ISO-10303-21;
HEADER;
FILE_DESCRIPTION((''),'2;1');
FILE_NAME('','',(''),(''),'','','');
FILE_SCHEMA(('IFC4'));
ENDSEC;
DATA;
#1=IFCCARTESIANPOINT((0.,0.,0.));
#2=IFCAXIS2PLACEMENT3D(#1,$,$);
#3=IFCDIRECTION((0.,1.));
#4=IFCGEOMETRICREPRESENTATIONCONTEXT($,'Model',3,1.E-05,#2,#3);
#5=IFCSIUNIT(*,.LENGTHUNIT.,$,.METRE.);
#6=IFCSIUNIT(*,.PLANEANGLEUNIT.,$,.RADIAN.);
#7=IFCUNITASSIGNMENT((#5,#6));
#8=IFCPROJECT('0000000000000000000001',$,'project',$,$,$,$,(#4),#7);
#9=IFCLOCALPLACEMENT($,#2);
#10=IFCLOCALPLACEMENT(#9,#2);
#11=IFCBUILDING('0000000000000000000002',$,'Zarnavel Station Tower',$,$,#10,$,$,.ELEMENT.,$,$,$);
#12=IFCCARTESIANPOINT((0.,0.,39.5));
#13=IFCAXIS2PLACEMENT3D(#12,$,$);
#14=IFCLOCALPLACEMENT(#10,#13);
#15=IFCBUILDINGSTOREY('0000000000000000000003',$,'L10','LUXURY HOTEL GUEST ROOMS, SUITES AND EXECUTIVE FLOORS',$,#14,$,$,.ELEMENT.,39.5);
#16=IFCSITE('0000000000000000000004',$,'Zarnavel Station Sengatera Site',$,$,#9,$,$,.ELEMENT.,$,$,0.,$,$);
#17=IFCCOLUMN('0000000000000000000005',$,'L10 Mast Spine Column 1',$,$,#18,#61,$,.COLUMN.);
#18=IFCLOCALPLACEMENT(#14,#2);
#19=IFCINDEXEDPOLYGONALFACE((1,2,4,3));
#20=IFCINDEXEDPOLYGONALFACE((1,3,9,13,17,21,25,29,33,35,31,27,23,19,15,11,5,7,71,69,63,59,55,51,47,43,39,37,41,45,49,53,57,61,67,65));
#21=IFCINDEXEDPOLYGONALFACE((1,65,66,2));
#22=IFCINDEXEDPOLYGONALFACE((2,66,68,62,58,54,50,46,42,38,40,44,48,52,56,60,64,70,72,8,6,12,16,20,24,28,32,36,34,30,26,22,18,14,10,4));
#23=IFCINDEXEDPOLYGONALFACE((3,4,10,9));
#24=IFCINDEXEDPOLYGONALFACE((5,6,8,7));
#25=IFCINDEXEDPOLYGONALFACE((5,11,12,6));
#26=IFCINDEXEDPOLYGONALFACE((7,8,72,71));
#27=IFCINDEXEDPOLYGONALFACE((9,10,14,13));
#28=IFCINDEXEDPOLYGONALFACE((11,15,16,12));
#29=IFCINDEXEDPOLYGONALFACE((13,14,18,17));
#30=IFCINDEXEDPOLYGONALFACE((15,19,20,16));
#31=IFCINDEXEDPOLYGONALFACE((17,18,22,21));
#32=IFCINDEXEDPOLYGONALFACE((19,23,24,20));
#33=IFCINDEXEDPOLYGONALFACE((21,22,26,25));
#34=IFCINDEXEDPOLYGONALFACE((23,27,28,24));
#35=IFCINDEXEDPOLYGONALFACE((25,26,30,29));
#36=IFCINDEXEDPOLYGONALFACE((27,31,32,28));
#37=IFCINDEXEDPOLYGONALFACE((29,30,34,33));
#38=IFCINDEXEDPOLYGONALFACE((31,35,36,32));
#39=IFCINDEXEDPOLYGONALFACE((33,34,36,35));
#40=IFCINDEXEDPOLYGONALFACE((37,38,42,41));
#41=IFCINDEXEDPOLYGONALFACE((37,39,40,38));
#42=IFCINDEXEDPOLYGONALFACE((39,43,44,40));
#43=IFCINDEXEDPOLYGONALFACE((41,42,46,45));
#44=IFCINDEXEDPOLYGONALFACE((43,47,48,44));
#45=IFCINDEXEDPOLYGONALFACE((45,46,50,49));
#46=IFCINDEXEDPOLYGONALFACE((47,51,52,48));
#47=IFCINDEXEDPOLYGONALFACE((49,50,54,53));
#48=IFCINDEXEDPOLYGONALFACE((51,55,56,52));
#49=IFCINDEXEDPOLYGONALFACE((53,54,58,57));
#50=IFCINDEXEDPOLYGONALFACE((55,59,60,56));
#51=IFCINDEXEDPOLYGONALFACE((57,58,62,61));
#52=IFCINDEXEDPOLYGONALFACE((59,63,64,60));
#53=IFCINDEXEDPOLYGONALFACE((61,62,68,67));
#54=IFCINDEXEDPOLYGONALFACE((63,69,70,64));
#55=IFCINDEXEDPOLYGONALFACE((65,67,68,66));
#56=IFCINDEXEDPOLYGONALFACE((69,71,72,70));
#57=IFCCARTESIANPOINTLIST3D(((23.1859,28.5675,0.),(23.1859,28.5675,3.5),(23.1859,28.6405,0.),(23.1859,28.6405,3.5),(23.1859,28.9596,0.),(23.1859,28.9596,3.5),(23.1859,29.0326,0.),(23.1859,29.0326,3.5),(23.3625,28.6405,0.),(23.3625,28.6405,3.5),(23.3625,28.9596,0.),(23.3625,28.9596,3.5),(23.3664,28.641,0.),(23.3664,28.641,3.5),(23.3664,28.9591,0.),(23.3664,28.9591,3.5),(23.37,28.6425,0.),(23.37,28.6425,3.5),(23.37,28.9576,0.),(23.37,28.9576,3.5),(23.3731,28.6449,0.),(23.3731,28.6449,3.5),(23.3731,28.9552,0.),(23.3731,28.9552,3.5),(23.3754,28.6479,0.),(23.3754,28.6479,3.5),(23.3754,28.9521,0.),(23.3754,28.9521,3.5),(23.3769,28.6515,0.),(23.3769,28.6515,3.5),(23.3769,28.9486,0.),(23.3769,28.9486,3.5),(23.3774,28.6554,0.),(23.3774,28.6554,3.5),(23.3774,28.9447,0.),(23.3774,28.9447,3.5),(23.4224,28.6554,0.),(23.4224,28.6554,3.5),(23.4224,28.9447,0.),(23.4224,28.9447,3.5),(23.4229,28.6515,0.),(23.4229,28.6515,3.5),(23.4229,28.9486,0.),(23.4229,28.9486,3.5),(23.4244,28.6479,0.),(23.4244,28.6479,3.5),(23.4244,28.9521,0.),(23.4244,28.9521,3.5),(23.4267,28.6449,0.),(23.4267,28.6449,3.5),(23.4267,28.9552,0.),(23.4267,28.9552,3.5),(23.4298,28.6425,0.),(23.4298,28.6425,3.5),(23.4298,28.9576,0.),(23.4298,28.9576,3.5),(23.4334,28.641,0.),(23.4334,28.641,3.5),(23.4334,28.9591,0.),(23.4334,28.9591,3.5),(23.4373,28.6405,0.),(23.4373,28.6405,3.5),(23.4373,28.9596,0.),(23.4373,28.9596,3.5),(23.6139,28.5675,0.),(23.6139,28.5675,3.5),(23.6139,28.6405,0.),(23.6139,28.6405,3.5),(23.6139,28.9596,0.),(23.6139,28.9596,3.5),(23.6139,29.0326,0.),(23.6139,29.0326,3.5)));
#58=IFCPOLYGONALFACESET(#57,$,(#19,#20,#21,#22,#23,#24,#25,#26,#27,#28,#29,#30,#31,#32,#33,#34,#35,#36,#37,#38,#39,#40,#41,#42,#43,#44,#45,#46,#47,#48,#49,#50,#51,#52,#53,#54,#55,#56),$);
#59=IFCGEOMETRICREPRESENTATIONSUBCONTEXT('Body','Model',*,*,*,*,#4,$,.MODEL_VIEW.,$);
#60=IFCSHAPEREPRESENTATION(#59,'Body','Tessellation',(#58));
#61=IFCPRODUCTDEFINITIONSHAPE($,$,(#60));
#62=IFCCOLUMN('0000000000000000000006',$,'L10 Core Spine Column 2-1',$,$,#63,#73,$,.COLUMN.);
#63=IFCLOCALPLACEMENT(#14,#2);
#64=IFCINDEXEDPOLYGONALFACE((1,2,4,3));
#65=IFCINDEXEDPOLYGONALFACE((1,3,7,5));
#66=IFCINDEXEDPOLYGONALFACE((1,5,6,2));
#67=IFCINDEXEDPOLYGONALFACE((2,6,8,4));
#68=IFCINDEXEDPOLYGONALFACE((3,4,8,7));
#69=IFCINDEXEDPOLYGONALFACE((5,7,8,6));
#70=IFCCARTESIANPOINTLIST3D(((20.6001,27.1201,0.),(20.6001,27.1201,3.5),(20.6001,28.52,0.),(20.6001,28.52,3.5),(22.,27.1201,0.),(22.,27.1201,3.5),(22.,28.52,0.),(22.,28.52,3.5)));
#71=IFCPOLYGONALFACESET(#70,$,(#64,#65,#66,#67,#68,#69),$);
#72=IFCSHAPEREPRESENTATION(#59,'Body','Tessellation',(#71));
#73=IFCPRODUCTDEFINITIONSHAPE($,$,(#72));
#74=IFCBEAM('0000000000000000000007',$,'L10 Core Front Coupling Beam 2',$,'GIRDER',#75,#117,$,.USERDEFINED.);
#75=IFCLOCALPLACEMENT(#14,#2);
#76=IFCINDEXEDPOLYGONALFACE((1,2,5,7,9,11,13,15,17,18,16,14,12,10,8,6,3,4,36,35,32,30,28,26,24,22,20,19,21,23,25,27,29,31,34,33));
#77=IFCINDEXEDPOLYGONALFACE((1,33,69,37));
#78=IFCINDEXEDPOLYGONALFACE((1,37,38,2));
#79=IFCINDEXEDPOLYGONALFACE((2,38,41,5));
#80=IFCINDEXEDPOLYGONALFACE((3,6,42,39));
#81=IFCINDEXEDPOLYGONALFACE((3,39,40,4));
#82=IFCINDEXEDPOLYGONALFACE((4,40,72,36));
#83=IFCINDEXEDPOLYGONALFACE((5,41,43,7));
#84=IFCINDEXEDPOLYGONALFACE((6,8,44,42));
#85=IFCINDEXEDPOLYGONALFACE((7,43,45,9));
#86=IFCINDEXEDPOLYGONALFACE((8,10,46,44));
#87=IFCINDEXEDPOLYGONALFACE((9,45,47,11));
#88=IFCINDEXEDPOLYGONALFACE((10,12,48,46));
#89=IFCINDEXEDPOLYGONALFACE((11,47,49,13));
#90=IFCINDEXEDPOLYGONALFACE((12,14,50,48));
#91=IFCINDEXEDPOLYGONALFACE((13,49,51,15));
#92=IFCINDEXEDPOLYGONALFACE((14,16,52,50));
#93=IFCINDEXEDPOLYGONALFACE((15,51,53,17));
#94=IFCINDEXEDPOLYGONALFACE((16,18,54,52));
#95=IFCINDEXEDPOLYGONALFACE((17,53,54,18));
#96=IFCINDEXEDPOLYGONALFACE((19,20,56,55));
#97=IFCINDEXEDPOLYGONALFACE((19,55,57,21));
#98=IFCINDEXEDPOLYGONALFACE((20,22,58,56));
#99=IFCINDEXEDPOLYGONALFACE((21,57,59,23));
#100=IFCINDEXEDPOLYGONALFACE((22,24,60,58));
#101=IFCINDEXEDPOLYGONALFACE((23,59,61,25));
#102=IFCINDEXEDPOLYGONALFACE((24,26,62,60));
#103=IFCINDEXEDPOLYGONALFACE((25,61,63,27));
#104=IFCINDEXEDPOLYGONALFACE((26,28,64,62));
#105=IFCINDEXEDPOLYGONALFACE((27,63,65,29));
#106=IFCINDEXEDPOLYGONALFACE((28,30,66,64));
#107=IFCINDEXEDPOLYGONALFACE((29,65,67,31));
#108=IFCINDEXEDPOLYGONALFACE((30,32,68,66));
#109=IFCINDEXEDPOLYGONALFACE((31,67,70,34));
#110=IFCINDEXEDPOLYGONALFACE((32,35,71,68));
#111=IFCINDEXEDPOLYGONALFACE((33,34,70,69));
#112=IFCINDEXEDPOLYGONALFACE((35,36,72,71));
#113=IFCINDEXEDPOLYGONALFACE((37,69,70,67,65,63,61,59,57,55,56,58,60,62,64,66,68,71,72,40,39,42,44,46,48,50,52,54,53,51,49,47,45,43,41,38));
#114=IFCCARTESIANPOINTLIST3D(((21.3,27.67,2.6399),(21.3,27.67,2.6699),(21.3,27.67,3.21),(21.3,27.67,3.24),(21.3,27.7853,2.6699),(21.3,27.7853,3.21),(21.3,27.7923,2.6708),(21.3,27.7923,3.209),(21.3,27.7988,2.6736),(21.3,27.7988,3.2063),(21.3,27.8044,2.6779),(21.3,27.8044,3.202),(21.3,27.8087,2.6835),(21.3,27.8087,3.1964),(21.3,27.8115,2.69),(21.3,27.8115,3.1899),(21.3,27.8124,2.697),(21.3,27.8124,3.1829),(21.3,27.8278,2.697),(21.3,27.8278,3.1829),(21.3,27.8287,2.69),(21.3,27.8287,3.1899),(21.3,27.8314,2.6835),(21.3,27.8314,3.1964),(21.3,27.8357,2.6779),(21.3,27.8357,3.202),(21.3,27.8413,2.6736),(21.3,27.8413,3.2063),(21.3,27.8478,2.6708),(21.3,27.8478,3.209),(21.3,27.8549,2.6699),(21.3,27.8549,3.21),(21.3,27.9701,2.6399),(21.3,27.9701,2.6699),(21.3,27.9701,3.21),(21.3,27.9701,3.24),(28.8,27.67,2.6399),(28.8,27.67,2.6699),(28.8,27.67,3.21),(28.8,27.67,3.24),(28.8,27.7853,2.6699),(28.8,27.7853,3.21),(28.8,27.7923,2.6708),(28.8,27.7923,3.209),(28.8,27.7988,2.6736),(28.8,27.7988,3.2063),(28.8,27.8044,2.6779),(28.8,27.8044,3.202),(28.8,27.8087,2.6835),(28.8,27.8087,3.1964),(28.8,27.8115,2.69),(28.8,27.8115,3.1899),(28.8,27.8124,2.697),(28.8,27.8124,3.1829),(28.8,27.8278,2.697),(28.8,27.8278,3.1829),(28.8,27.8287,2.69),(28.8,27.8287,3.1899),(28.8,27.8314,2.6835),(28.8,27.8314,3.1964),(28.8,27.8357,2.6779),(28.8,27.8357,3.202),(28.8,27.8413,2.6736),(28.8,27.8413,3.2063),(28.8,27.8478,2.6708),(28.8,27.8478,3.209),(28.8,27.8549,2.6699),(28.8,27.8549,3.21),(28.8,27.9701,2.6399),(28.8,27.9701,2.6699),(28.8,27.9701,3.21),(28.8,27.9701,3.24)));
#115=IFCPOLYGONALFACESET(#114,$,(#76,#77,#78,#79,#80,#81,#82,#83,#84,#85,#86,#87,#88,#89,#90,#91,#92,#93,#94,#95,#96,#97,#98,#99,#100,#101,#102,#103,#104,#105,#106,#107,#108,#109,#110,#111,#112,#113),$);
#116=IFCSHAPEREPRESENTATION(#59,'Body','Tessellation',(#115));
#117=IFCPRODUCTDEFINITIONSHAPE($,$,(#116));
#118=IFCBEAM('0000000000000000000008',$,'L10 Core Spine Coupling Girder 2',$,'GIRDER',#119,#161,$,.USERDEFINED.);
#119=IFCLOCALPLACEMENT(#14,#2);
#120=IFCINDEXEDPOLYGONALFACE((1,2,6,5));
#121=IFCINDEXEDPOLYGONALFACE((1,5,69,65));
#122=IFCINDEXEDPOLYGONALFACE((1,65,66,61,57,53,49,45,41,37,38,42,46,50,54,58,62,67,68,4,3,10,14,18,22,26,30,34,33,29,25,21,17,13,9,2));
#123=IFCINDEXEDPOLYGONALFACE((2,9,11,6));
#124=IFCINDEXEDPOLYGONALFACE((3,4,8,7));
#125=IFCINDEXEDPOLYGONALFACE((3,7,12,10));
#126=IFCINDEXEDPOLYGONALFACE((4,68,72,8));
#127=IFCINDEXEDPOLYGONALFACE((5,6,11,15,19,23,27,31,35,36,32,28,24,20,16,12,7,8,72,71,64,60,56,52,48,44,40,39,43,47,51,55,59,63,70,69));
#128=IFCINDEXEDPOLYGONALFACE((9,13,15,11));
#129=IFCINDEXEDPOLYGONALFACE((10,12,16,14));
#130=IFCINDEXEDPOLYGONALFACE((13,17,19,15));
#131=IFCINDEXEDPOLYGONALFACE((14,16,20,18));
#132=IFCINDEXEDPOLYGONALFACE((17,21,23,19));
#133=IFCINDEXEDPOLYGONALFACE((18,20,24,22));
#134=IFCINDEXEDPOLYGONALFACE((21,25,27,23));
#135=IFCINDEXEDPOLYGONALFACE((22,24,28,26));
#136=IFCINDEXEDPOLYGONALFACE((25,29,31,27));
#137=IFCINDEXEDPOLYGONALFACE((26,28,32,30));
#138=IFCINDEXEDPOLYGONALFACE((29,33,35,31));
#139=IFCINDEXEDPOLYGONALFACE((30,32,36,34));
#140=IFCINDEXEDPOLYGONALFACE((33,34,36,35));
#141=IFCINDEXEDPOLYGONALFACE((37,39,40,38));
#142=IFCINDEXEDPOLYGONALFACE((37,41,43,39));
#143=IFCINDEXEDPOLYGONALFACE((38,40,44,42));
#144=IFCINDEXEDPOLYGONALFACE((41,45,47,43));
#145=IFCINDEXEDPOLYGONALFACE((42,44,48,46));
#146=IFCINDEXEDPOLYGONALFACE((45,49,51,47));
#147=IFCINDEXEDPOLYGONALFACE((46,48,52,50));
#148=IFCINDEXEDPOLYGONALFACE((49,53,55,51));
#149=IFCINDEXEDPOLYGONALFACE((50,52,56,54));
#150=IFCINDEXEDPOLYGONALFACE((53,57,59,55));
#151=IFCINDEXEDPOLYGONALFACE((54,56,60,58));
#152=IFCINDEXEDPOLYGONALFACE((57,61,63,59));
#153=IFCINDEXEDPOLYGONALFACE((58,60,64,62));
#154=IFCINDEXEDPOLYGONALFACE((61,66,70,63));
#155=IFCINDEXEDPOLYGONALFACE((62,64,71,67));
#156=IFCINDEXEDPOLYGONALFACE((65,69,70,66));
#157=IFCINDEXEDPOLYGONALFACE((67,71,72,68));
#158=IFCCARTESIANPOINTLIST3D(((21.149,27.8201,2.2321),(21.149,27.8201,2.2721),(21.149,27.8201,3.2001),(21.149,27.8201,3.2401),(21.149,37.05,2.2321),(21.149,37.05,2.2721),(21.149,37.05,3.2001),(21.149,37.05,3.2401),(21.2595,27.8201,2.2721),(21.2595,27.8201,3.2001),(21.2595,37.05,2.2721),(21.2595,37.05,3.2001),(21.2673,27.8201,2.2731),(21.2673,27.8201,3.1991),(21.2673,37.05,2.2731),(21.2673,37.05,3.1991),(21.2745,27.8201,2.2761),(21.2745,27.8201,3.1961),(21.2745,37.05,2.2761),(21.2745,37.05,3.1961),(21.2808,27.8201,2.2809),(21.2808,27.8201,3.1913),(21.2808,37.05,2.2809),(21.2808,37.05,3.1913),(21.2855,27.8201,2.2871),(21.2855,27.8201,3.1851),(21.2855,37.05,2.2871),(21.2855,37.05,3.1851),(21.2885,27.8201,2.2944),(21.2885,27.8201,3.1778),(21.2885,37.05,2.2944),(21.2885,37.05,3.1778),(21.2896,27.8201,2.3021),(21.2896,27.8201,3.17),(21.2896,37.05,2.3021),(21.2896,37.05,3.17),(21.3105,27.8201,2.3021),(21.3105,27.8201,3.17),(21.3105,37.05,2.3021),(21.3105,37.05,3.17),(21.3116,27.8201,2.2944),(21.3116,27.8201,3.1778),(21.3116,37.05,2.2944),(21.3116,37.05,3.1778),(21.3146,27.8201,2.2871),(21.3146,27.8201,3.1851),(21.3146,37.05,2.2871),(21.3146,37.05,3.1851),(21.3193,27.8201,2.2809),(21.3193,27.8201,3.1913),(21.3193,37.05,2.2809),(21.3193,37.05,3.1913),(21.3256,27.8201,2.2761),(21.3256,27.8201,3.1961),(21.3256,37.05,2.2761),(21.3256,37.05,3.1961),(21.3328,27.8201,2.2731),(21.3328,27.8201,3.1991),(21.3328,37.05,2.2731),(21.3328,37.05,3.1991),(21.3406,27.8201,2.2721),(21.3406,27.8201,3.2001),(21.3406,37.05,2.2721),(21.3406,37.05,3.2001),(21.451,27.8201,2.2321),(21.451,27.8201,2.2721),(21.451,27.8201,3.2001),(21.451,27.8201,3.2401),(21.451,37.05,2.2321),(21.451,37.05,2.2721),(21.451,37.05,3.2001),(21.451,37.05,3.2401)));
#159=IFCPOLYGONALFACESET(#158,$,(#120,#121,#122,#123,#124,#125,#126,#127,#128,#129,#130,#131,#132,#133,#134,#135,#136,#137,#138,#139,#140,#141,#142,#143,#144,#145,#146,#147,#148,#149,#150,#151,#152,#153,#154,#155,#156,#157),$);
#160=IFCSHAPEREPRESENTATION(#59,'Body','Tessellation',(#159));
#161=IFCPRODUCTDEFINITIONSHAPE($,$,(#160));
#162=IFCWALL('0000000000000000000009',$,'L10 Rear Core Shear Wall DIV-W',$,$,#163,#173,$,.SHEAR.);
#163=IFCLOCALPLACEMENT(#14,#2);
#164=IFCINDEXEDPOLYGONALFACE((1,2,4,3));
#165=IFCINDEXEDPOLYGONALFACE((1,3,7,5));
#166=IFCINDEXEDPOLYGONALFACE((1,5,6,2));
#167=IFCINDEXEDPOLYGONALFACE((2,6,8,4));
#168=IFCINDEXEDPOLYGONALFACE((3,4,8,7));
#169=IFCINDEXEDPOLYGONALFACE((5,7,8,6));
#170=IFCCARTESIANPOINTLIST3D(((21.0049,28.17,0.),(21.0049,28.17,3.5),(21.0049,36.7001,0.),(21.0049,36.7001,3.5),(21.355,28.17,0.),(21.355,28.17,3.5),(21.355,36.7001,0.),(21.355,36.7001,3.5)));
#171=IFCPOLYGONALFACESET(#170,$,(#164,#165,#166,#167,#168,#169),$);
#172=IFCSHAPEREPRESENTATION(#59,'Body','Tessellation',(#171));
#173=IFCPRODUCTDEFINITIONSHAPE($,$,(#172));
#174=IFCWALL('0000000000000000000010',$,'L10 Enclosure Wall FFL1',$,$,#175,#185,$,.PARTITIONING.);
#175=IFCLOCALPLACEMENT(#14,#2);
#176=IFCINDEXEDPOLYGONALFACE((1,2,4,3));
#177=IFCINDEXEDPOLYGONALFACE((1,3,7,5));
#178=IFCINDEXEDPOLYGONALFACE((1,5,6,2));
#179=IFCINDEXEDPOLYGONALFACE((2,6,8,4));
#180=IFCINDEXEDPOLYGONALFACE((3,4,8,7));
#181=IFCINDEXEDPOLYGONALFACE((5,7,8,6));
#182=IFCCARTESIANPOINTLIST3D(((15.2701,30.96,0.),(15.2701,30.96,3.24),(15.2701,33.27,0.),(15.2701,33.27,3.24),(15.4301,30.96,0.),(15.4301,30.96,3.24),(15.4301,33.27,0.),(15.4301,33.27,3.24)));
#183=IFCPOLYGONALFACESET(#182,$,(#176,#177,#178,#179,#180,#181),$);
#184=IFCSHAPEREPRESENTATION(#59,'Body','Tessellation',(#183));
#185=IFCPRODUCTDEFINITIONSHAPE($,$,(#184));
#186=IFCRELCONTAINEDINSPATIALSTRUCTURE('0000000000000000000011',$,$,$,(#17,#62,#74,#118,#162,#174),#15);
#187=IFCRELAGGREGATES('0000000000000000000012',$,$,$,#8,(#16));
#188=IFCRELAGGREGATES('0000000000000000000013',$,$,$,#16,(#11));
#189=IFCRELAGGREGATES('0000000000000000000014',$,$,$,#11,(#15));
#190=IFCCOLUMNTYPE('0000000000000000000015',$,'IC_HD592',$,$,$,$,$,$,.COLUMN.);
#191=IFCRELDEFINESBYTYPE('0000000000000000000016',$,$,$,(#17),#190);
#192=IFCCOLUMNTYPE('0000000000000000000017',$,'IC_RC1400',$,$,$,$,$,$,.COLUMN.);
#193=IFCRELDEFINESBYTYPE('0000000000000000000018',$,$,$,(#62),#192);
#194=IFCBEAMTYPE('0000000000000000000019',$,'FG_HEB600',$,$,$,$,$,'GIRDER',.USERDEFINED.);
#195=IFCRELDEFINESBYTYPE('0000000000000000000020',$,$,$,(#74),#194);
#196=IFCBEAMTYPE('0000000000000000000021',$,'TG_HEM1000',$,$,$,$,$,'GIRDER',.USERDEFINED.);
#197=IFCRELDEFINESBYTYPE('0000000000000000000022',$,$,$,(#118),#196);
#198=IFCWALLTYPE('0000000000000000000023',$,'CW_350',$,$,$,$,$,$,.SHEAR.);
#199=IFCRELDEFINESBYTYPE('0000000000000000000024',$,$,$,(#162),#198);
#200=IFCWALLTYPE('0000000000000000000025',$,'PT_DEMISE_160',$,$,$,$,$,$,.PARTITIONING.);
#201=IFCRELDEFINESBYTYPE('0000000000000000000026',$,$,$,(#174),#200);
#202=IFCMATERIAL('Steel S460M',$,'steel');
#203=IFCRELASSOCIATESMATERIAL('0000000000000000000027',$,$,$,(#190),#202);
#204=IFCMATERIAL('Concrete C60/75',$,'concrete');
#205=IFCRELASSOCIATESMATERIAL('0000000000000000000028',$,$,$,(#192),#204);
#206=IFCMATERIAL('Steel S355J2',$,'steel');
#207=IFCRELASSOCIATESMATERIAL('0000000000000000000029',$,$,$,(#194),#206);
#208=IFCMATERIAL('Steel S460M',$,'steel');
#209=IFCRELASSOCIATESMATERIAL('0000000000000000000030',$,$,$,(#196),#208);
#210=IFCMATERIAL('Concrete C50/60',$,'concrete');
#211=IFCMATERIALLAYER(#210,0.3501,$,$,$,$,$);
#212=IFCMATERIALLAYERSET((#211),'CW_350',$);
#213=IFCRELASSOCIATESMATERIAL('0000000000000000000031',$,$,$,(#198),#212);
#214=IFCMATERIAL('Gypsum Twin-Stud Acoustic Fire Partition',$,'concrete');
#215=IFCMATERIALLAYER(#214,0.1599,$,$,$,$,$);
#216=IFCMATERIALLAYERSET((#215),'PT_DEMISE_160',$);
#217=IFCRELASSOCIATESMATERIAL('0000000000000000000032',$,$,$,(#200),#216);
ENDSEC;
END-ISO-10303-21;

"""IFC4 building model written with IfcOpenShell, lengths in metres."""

from ifc_helpers import new_model, si_unit, direction, frame, frame_2d, origin, origin_2d, place, context, subcontext, project, spatial, rectangle, i_section, extrude, material, layer, layer_set, material_profile, profile_set, type_object, element, save


model = new_model("IFC4")

# Units and contexts
model_context = context("Model", 3, precision=1e-05, world=origin(), true_north=direction((0.0, 1.0)))
body_context = subcontext(model_context, "Body", "Model", "MODEL_VIEW")
ifc_project = project(units=[si_unit("LENGTHUNIT", "METRE"), si_unit("PLANEANGLEUNIT", "RADIAN")], contexts=[model_context])

# Site, building, storey
site_placement = place(None, origin())
site = spatial("IfcSite", under=ifc_project, at=site_placement, Name="Zarnavel Station Sengatera Site", CompositionType="ELEMENT", RefElevation=0.0)
building_placement = place(site_placement, origin())
building = spatial("IfcBuilding", under=site, at=building_placement, Name="Zarnavel Station Tower", CompositionType="ELEMENT")
storey_placement = place(building_placement, frame((0.0, 0.0, 39.5)))
storey = spatial("IfcBuildingStorey", under=building, at=storey_placement, Name="L10", Description="LUXURY HOTEL GUEST ROOMS, SUITES AND EXECUTIVE FLOORS", CompositionType="ELEMENT", Elevation=39.5)

# Columns
ifc_material_1 = material(Name="Steel S460M", Category="steel")
ifc_material_profile_1 = material_profile(ifc_material_1, i_section(OverallWidth=0.428, OverallDepth=0.4651, WebThickness=0.0449, FlangeThickness=0.073, FilletRadius=0.0149, at=origin_2d()), Name="HD400x592")
ifc_profile_set_1 = profile_set([ifc_material_profile_1], Name="Steel S460M")
column_type_1 = type_object("IfcColumnType", Name="IC_HD592", PredefinedType="COLUMN", material=ifc_profile_set_1)
column_1_placement = place(storey_placement, frame((23.3999, 28.8, 0.0), z_axis=(0.0, 0.0, 1.0), x_axis=(1.0, 0.0, 0.0)))
element("IfcColumn", 1, at=column_1_placement, inside=storey, type_object=column_type_1, Name="L10 Mast Spine Column 1", PredefinedType="COLUMN", context=body_context, shape_type="SweptSolid", body=[
    extrude(i_section(OverallWidth=0.428, OverallDepth=0.4651, WebThickness=0.0449, FlangeThickness=0.073, FilletRadius=0.0149, at=origin_2d()), origin(), (0.0, 0.0, 1.0), 3.5),
])
ifc_material_2 = material(Name="Concrete C60/75", Category="concrete")
ifc_material_profile_2 = material_profile(ifc_material_2, rectangle(XDim=1.3999, YDim=1.3999, at=origin_2d()), Name="RC1400x1400")
ifc_profile_set_2 = profile_set([ifc_material_profile_2], Name="Concrete C60/75")
column_type_2 = type_object("IfcColumnType", Name="IC_RC1400", PredefinedType="COLUMN", material=ifc_profile_set_2)
column_2_placement = place(storey_placement, frame((21.3, 27.8201, 0.0), z_axis=(0.0, 0.0, 1.0), x_axis=(1.0, 0.0, 0.0)))
element("IfcColumn", 2, at=column_2_placement, inside=storey, type_object=column_type_2, Name="L10 Core Spine Column 2-1", PredefinedType="COLUMN", context=body_context, shape_type="SweptSolid", body=[
    extrude(rectangle(XDim=1.3999, YDim=1.3999, at=origin_2d()), origin(), (0.0, 0.0, 1.0), 3.5),
])

# Beams
ifc_material_3 = material(Name="Steel S355J2", Category="steel")
ifc_material_profile_3 = material_profile(ifc_material_3, i_section(OverallWidth=0.3, OverallDepth=0.6001, WebThickness=0.0154, FlangeThickness=0.03, FilletRadius=0.0271, at=origin_2d()), Name="HEB600")
ifc_profile_set_3 = profile_set([ifc_material_profile_3], Name="Steel S355J2")
beam_type_1 = type_object("IfcBeamType", Name="FG_HEB600", ElementType="GIRDER", PredefinedType="USERDEFINED", material=ifc_profile_set_3)
beam_1_placement = place(storey_placement, frame((21.3, 27.8201, 2.9399), z_axis=(1.0, 0.0, 0.0), x_axis=(0.0, 1.0, 0.0)))
element("IfcBeam", 3, at=beam_1_placement, inside=storey, type_object=beam_type_1, Name="L10 Core Front Coupling Beam 2", ObjectType="GIRDER", PredefinedType="USERDEFINED", context=body_context, shape_type="SweptSolid", body=[
    extrude(i_section(OverallWidth=0.3, OverallDepth=0.6001, WebThickness=0.0154, FlangeThickness=0.03, FilletRadius=0.0271, at=origin_2d()), origin(), (0.0, 0.0, 1.0), 7.5),
])
ifc_material_4 = material(Name="Steel S460M", Category="steel")
ifc_material_profile_4 = material_profile(ifc_material_4, i_section(OverallWidth=0.302, OverallDepth=1.0081, WebThickness=0.021, FlangeThickness=0.04, FilletRadius=0.03, at=origin_2d()), Name="HEM1000")
ifc_profile_set_4 = profile_set([ifc_material_profile_4], Name="Steel S460M")
beam_type_2 = type_object("IfcBeamType", Name="TG_HEM1000", ElementType="GIRDER", PredefinedType="USERDEFINED", material=ifc_profile_set_4)
beam_2_placement = place(storey_placement, frame((21.3, 27.8201, 2.7361), z_axis=(0.0, 1.0, 0.0), x_axis=(-1.0, 0.0, 0.0)))
element("IfcBeam", 4, at=beam_2_placement, inside=storey, type_object=beam_type_2, Name="L10 Core Spine Coupling Girder 2", ObjectType="GIRDER", PredefinedType="USERDEFINED", context=body_context, shape_type="SweptSolid", body=[
    extrude(i_section(OverallWidth=0.302, OverallDepth=1.0081, WebThickness=0.021, FlangeThickness=0.04, FilletRadius=0.03, at=origin_2d()), origin(), (0.0, 0.0, 1.0), 9.23),
])

# Wall
ifc_material_5 = material(Name="Concrete C50/60", Category="concrete")
ifc_layer_1 = layer(ifc_material_5, 0.3501)
ifc_layer_set_1 = layer_set([ifc_layer_1], Name="CW_350")
wall_type_1 = type_object("IfcWallType", Name="CW_350", PredefinedType="SHEAR", material=ifc_layer_set_1)
wall_1_placement = place(storey_placement, frame((21.1799, 28.1699, 0.0), z_axis=(0.0, 0.0, 1.0), x_axis=(0.0, 1.0, 0.0)))
element("IfcWall", 5, at=wall_1_placement, inside=storey, type_object=wall_type_1, Name="L10 Rear Core Shear Wall DIV-W", PredefinedType="SHEAR", context=body_context, shape_type="SweptSolid", body=[
    extrude(rectangle(XDim=8.53, YDim=0.3501, at=frame_2d((4.2651, 0.0))), origin(), (0.0, 0.0, 1.0), 3.5),
])

# Shared definitions
ifc_material_6 = material(Name="Gypsum Twin-Stud Acoustic Fire Partition", Category="concrete")
ifc_layer_2 = layer(ifc_material_6, 0.1599)
ifc_layer_set_2 = layer_set([ifc_layer_2], Name="PT_DEMISE_160")
wall_type_2 = type_object("IfcWallType", Name="PT_DEMISE_160", PredefinedType="PARTITIONING", material=ifc_layer_set_2)

# Wall
wall_2_placement = place(storey_placement, frame((15.3501, 30.96, 0.0), z_axis=(0.0, 0.0, 1.0), x_axis=(0.0, 1.0, 0.0)))
element("IfcWall", 6, at=wall_2_placement, inside=storey, type_object=wall_type_2, Name="L10 Enclosure Wall FFL1", PredefinedType="PARTITIONING", context=body_context, shape_type="SweptSolid", body=[
    extrude(rectangle(XDim=2.3101, YDim=0.1599, at=frame_2d((1.155, 0.0))), origin(), (0.0, 0.0, 1.0), 3.24),
])

save(model, "model.ifc")
